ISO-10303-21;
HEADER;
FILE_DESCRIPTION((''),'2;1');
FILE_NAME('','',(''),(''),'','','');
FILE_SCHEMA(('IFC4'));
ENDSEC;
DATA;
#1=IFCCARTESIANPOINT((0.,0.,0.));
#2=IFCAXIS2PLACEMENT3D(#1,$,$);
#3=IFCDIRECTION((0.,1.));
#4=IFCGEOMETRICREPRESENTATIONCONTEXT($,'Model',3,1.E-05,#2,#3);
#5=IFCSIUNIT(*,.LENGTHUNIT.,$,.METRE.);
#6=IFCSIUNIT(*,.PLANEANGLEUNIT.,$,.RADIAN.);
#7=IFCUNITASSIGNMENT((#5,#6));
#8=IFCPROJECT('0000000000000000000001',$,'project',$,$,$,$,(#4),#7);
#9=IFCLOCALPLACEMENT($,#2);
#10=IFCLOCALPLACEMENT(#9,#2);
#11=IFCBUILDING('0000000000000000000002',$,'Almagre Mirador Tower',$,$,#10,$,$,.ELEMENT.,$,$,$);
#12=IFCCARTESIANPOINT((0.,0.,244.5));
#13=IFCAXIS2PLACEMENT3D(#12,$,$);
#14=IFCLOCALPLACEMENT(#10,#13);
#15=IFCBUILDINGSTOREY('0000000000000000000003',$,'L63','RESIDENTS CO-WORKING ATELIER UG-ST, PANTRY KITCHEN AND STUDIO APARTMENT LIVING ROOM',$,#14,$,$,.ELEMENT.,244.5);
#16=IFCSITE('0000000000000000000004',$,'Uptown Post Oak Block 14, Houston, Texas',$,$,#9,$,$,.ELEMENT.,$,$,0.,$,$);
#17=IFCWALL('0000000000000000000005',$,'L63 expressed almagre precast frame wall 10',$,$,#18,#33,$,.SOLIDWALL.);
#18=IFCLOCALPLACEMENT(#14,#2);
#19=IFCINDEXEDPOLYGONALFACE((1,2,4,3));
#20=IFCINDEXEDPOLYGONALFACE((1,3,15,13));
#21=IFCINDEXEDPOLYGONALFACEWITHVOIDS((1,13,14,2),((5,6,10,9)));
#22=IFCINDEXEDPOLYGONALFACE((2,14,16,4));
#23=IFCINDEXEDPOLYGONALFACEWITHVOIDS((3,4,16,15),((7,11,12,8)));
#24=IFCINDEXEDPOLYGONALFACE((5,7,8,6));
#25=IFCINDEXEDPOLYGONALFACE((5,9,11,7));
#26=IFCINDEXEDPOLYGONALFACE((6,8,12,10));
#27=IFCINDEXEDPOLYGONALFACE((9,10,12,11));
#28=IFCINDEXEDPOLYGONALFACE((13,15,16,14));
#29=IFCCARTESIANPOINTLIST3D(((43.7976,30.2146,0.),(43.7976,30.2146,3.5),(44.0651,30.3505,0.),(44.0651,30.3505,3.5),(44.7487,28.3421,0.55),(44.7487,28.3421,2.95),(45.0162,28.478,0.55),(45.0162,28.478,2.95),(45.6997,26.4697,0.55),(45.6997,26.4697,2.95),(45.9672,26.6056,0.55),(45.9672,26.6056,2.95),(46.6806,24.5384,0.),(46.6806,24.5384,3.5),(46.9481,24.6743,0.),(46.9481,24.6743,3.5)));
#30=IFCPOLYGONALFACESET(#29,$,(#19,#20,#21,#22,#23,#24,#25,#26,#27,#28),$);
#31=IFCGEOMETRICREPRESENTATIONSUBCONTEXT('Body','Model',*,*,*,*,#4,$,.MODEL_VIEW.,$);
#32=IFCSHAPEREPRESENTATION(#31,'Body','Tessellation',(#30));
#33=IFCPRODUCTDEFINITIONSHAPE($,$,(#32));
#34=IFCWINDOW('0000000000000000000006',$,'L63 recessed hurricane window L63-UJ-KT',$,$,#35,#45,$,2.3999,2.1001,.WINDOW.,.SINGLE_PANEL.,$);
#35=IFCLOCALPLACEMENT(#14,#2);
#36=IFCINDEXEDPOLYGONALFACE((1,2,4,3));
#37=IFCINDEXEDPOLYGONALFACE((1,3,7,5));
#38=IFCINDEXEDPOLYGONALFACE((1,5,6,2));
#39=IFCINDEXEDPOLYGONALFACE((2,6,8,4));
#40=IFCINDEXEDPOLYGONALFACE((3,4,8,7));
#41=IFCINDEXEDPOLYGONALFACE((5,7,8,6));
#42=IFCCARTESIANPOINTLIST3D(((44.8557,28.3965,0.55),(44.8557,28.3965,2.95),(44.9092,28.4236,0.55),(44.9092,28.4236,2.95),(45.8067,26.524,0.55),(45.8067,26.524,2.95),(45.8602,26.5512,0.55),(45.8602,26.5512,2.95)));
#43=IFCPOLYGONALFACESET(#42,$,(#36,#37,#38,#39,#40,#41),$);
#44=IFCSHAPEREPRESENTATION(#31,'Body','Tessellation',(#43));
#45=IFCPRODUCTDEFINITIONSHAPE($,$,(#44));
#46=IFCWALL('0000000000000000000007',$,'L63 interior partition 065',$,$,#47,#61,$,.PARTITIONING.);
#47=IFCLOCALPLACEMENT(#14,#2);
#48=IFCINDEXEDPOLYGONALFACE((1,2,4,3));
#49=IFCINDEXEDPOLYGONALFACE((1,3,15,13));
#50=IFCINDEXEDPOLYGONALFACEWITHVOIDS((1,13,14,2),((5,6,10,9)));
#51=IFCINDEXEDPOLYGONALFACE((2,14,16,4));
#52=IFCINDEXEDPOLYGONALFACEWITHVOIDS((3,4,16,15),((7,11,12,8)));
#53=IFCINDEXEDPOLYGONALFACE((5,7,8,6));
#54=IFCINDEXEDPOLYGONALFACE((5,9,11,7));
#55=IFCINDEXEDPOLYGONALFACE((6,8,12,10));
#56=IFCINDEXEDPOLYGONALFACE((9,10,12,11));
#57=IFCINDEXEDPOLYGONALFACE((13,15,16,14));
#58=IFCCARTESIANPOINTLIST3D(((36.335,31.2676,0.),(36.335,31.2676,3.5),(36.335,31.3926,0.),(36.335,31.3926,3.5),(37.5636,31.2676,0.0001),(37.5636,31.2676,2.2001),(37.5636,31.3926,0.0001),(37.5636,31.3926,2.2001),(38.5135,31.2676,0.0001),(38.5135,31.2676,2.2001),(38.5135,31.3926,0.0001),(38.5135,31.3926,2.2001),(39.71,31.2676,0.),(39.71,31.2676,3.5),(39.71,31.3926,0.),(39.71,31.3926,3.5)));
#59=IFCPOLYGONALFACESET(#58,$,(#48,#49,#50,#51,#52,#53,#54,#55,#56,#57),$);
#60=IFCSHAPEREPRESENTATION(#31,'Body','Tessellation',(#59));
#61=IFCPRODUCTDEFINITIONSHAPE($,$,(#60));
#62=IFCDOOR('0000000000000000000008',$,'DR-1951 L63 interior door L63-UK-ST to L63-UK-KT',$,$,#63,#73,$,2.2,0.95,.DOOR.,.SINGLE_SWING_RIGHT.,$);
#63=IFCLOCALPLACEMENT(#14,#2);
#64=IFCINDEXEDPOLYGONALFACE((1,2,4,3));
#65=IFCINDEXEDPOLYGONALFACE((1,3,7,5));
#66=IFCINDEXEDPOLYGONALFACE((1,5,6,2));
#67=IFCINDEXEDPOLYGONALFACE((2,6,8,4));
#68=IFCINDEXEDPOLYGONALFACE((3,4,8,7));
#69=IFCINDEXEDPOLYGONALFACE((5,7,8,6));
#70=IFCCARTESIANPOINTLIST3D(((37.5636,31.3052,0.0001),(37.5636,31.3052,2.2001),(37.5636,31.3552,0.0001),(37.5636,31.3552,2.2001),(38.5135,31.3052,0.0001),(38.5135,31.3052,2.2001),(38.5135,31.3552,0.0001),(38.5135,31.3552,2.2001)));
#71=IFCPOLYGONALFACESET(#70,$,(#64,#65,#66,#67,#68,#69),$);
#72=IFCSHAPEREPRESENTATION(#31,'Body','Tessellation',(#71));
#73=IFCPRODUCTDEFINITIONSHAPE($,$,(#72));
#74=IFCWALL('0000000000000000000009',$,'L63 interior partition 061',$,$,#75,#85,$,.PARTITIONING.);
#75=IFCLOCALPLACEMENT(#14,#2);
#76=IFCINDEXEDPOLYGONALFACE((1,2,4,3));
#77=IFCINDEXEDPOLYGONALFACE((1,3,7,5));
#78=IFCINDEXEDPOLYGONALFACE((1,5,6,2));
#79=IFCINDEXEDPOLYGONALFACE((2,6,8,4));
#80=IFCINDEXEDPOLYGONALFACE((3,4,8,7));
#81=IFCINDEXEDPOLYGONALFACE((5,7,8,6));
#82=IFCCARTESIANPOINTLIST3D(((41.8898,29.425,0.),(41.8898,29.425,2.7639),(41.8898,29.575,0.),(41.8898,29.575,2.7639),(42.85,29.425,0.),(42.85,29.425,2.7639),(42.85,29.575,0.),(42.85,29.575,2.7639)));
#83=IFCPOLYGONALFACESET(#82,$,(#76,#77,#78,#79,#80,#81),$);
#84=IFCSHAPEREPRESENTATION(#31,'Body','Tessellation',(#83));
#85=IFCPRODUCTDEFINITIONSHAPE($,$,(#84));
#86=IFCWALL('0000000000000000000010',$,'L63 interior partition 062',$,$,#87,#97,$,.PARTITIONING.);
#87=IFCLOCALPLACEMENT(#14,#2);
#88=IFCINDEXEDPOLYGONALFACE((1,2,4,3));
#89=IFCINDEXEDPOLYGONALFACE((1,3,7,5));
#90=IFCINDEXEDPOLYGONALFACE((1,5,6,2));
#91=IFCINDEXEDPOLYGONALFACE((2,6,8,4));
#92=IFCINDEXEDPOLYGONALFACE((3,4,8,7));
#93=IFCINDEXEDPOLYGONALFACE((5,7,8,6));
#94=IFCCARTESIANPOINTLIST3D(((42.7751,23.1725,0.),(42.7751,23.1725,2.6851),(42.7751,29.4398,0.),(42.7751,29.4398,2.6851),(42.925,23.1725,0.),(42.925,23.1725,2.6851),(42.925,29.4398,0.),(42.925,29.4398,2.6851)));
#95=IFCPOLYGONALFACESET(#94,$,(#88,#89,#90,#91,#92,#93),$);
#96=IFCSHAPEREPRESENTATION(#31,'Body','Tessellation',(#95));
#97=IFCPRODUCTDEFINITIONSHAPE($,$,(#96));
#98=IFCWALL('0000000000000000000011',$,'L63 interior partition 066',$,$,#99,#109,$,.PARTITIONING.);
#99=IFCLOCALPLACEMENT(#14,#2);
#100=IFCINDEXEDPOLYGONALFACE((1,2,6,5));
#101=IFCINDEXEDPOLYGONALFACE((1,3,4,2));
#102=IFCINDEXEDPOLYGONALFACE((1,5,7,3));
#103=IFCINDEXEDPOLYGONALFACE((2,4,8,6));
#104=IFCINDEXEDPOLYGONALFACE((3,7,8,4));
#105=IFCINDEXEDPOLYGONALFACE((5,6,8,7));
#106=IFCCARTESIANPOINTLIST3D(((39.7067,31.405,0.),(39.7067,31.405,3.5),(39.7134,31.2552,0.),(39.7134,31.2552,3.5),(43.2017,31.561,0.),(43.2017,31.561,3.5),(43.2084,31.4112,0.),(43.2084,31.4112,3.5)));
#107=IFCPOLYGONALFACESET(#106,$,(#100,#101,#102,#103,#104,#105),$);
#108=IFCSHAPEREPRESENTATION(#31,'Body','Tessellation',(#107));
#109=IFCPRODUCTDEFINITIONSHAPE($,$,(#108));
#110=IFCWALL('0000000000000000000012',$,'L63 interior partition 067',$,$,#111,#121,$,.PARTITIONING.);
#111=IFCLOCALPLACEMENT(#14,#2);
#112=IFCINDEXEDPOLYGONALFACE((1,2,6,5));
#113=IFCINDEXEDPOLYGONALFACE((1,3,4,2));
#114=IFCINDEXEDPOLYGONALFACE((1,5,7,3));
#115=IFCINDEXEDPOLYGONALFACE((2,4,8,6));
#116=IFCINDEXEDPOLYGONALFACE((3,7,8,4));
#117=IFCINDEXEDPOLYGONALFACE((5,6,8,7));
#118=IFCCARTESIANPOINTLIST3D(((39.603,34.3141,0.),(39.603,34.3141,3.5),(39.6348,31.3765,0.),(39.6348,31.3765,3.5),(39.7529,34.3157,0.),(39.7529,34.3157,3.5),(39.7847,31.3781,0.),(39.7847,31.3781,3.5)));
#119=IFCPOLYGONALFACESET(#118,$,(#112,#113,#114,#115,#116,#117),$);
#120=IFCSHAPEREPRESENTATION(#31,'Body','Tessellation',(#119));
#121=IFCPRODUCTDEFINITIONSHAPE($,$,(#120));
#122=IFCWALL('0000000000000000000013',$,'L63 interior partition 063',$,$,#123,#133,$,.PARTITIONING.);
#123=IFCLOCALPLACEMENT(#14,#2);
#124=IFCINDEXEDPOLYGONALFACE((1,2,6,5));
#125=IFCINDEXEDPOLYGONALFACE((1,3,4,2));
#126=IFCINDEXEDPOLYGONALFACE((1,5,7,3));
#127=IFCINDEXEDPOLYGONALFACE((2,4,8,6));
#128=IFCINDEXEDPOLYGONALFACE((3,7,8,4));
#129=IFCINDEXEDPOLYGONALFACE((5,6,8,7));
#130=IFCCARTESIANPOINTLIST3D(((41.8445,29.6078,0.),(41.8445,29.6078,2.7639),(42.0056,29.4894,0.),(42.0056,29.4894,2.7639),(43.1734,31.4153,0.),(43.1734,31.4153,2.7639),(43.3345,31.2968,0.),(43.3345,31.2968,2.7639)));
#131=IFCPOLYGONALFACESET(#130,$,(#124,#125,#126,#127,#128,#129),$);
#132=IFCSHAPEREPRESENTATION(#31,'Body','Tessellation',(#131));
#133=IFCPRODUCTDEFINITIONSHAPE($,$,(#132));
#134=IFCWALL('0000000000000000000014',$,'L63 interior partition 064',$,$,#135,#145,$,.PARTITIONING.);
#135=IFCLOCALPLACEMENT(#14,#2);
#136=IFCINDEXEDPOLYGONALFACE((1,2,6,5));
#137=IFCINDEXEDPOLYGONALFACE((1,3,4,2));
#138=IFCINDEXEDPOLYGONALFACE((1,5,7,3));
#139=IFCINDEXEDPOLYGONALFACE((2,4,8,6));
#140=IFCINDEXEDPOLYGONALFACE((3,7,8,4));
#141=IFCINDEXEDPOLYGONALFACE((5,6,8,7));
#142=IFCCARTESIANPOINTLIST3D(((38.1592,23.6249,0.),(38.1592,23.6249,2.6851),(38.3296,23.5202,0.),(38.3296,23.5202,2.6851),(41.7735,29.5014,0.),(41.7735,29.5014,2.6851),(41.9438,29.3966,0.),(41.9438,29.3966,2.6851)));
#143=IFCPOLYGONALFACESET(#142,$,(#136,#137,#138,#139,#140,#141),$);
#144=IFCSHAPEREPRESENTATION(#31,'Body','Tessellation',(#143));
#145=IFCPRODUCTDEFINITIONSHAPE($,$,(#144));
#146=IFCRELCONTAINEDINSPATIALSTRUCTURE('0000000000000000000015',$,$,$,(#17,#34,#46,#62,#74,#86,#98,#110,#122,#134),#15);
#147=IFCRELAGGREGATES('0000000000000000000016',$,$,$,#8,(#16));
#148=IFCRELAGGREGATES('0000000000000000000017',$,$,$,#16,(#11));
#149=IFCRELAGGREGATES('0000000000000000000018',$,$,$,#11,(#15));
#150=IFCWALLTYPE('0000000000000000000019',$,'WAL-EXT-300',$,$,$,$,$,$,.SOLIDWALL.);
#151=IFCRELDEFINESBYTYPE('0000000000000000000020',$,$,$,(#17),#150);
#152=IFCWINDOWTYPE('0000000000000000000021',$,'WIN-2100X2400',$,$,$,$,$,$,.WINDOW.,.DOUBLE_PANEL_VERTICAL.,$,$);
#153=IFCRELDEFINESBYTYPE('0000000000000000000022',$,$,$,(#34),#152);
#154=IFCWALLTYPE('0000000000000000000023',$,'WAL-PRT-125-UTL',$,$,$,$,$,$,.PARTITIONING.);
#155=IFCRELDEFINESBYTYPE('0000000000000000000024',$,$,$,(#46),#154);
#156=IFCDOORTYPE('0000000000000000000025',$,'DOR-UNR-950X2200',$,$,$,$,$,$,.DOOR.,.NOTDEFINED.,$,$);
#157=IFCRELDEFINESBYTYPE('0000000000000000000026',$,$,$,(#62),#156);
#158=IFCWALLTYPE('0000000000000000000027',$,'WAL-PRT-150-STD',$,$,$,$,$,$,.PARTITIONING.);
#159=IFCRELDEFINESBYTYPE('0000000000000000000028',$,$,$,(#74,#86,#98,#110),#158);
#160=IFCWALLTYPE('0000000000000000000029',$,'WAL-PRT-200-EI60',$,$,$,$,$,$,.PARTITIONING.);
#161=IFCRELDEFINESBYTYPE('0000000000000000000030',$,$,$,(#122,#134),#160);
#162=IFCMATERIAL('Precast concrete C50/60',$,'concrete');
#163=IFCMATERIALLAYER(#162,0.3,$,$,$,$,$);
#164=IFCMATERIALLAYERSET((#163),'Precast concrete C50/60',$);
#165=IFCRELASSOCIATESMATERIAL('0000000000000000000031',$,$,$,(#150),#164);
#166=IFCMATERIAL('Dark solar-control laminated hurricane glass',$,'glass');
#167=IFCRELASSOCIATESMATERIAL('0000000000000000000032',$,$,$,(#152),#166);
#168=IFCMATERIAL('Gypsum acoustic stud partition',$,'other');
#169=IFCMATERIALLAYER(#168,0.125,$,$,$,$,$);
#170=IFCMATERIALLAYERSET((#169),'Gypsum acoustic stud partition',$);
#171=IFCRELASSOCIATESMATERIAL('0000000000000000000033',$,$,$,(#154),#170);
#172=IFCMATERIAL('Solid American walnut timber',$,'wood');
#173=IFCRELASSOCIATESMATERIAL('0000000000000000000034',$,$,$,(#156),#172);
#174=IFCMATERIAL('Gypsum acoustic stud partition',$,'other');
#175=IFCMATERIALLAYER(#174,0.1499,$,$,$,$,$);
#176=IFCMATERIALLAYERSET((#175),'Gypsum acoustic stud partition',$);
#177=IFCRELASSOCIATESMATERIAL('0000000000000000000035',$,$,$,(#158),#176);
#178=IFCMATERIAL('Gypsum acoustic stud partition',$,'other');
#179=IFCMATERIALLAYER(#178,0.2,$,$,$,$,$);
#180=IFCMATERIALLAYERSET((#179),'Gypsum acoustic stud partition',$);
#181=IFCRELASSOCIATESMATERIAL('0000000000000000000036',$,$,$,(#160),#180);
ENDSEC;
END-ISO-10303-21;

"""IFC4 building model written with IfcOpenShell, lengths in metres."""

from ifc_helpers import new_model, si_unit, direction, frame, frame_2d, origin, place, context, subcontext, project, spatial, rectangle, extrude, material, layer, layer_set, type_object, element, fill, save


model = new_model("IFC4")

# Units and contexts
model_context = context("Model", 3, precision=1e-05, world=origin(), true_north=direction((0.0, 1.0)))
body_context = subcontext(model_context, "Body", "Model", "MODEL_VIEW")
ifc_project = project(units=[si_unit("LENGTHUNIT", "METRE"), si_unit("PLANEANGLEUNIT", "RADIAN")], contexts=[model_context])

# Site, building, storey
site_placement = place(None, origin())
site = spatial("IfcSite", under=ifc_project, at=site_placement, Name="Uptown Post Oak Block 14, Houston, Texas", CompositionType="ELEMENT", RefElevation=0.0)
building_placement = place(site_placement, origin())
building = spatial("IfcBuilding", under=site, at=building_placement, Name="Almagre Mirador Tower", CompositionType="ELEMENT")
storey_placement = place(building_placement, frame((0.0, 0.0, 244.5)))
storey = spatial("IfcBuildingStorey", under=building, at=storey_placement, Name="L63", Description="RESIDENTS CO-WORKING ATELIER UG-ST, PANTRY KITCHEN AND STUDIO APARTMENT LIVING ROOM", CompositionType="ELEMENT", Elevation=244.5)

# Shared definitions
ifc_material_1 = material(Name="Precast concrete C50/60", Category="concrete")
ifc_layer_1 = layer(ifc_material_1, 0.3)
ifc_layer_set_1 = layer_set([ifc_layer_1], Name="Precast concrete C50/60")
wall_type_1 = type_object("IfcWallType", Name="WAL-EXT-300", PredefinedType="SOLIDWALL", material=ifc_layer_set_1)

# Wall, opening, window
wall_1_placement = place(storey_placement, frame((43.9314, 30.2825, 0.0), z_axis=(0.0, 0.0, 1.0), x_axis=(0.452849, -0.891587, 0.0)))
wall_1 = element("IfcWall", 1, at=wall_1_placement, inside=storey, type_object=wall_type_1, Name="L63 expressed almagre precast frame wall 10", PredefinedType="SOLIDWALL", context=body_context, shape_type="SweptSolid", body=[
    extrude(rectangle(XDim=6.3665, YDim=0.3, at=frame_2d((3.1831, 0.0))), origin(), (0.0, 0.0, 1.0), 3.5),
])
opening_1_placement = place(wall_1_placement, frame((2.1001, 0.0, 0.55)))
opening_1 = element("IfcOpeningElement", 2, at=opening_1_placement, cuts=wall_1, PredefinedType="OPENING", context=body_context, shape_type="SweptSolid", body=[
    extrude(rectangle(XDim=2.1001, YDim=2.3999, at=frame_2d((1.05, 1.2))), frame((0.0, 0.1599, 0.0), z_axis=(0.0, -1.0, 0.0), x_axis=(1.0, 0.0, 0.0)), (0.0, 0.0, 1.0), 0.32),
])
ifc_material_2 = material(Name="Dark solar-control laminated hurricane glass", Category="glass")
window_type_1 = type_object("IfcWindowType", Name="WIN-2100X2400", PartitioningType="DOUBLE_PANEL_VERTICAL", PredefinedType="WINDOW", material=ifc_material_2)
window_1_placement = place(opening_1_placement, origin())
window_1 = element("IfcWindow", 3, at=window_1_placement, inside=storey, type_object=window_type_1, Name="L63 recessed hurricane window L63-UJ-KT", OverallHeight=2.3999, OverallWidth=2.1001, PartitioningType="SINGLE_PANEL", PredefinedType="WINDOW", context=body_context, shape_type="SweptSolid", body=[
    extrude(rectangle(XDim=2.1001, YDim=2.3999, at=frame_2d((1.05, 1.2))), frame((0.0, 0.03, 0.0), z_axis=(0.0, -1.0, 0.0), x_axis=(1.0, 0.0, 0.0)), (0.0, 0.0, 1.0), 0.0601),
])
fill(opening_1, window_1)

# Wall, opening, door
ifc_material_3 = material(Name="Gypsum acoustic stud partition", Category="other")
ifc_layer_2 = layer(ifc_material_3, 0.125)
ifc_layer_set_2 = layer_set([ifc_layer_2], Name="Gypsum acoustic stud partition")
wall_type_2 = type_object("IfcWallType", Name="WAL-PRT-125-UTL", PredefinedType="PARTITIONING", material=ifc_layer_set_2)
wall_2_placement = place(storey_placement, frame((39.71, 31.3301, 0.0), z_axis=(0.0, 0.0, 1.0), x_axis=(-1.0, 0.0, 0.0)))
wall_2 = element("IfcWall", 4, at=wall_2_placement, inside=storey, type_object=wall_type_2, Name="L63 interior partition 065", PredefinedType="PARTITIONING", context=body_context, shape_type="SweptSolid", body=[
    extrude(rectangle(XDim=3.375, YDim=0.125, at=frame_2d((1.6875, 0.0))), origin(), (0.0, 0.0, 1.0), 3.5),
])
opening_2_placement = place(wall_2_placement, frame((1.1963, 0.0, 0.0)))
opening_2 = element("IfcOpeningElement", 5, at=opening_2_placement, cuts=wall_2, PredefinedType="OPENING", context=body_context, shape_type="SweptSolid", body=[
    extrude(rectangle(XDim=0.95, YDim=2.2, at=frame_2d((0.4751, 1.1001))), frame((0.0, 0.0725, 0.0), z_axis=(0.0, -1.0, 0.0), x_axis=(1.0, 0.0, 0.0)), (0.0, 0.0, 1.0), 0.145),
])
ifc_material_4 = material(Name="Solid American walnut timber", Category="wood")
door_type = type_object("IfcDoorType", Name="DOR-UNR-950X2200", OperationType="NOTDEFINED", PredefinedType="DOOR", material=ifc_material_4)
door_placement = place(opening_2_placement, origin())
door = element("IfcDoor", 6, at=door_placement, inside=storey, type_object=door_type, Name="DR-1951 L63 interior door L63-UK-ST to L63-UK-KT", OperationType="SINGLE_SWING_RIGHT", OverallHeight=2.2, OverallWidth=0.95, PredefinedType="DOOR", context=body_context, shape_type="SweptSolid", body=[
    extrude(rectangle(XDim=0.95, YDim=2.2, at=frame_2d((0.4751, 1.1001))), frame((0.0, 0.0249, 0.0), z_axis=(0.0, -1.0, 0.0), x_axis=(1.0, 0.0, 0.0)), (0.0, 0.0, 1.0), 0.05),
])
fill(opening_2, door)

# Walls
ifc_material_5 = material(Name="Gypsum acoustic stud partition", Category="other")
ifc_layer_3 = layer(ifc_material_5, 0.1499)
ifc_layer_set_3 = layer_set([ifc_layer_3], Name="Gypsum acoustic stud partition")
wall_type_3 = type_object("IfcWallType", Name="WAL-PRT-150-STD", PredefinedType="PARTITIONING", material=ifc_layer_set_3)
wall_3_placement = place(storey_placement, frame((41.8899, 29.5, 0.0), z_axis=(0.0, 0.0, 1.0), x_axis=(1.0, 0.0, 0.0)))
element("IfcWall", 7, at=wall_3_placement, inside=storey, type_object=wall_type_3, Name="L63 interior partition 061", PredefinedType="PARTITIONING", context=body_context, shape_type="SweptSolid", body=[
    extrude(rectangle(XDim=0.9602, YDim=0.1499, at=frame_2d((0.48, 0.0))), origin(), (0.0, 0.0, 1.0), 2.7639),
])
wall_4_placement = place(storey_placement, frame((42.8501, 29.4399, 0.0), z_axis=(0.0, 0.0, 1.0), x_axis=(0.0, -1.0, 0.0)))
element("IfcWall", 8, at=wall_4_placement, inside=storey, type_object=wall_type_3, Name="L63 interior partition 062", PredefinedType="PARTITIONING", context=body_context, shape_type="SweptSolid", body=[
    extrude(rectangle(XDim=6.2673, YDim=0.1499, at=frame_2d((3.1338, 0.0))), origin(), (0.0, 0.0, 1.0), 2.6851),
])
wall_5_placement = place(storey_placement, frame((43.2051, 31.4861, 0.0), z_axis=(0.0, 0.0, 1.0), x_axis=(-0.999005, -0.044591, 0.0)))
element("IfcWall", 9, at=wall_5_placement, inside=storey, type_object=wall_type_3, Name="L63 interior partition 066", PredefinedType="PARTITIONING", context=body_context, shape_type="SweptSolid", body=[
    extrude(rectangle(XDim=3.4985, YDim=0.1499, at=frame_2d((1.7493, 0.0))), origin(), (0.0, 0.0, 1.0), 3.5),
])
wall_6_placement = place(storey_placement, frame((39.7097, 31.3774, 0.0), z_axis=(0.0, 0.0, 1.0), x_axis=(-0.010804, 0.999942, 0.0)))
element("IfcWall", 10, at=wall_6_placement, inside=storey, type_object=wall_type_3, Name="L63 interior partition 067", PredefinedType="PARTITIONING", context=body_context, shape_type="SweptSolid", body=[
    extrude(rectangle(XDim=2.9377, YDim=0.1499, at=frame_2d((1.4688, 0.0))), origin(), (0.0, 0.0, 1.0), 3.5),
])
ifc_material_6 = material(Name="Gypsum acoustic stud partition", Category="other")
ifc_layer_4 = layer(ifc_material_6, 0.2)
ifc_layer_set_4 = layer_set([ifc_layer_4], Name="Gypsum acoustic stud partition")
wall_type_4 = type_object("IfcWallType", Name="WAL-PRT-200-EI60", PredefinedType="PARTITIONING", material=ifc_layer_set_4)
wall_7_placement = place(storey_placement, frame((43.2539, 31.356, 0.0), z_axis=(0.0, 0.0, 1.0), x_axis=(-0.592363, -0.805671, 0.0)))
element("IfcWall", 11, at=wall_7_placement, inside=storey, type_object=wall_type_4, Name="L63 interior partition 063", PredefinedType="PARTITIONING", context=body_context, shape_type="SweptSolid", body=[
    extrude(rectangle(XDim=2.2434, YDim=0.2, at=frame_2d((1.1216, 0.0))), origin(), (0.0, 0.0, 1.0), 2.7639),
])
wall_8_placement = place(storey_placement, frame((41.8586, 29.449, 0.0), z_axis=(0.0, 0.0, 1.0), x_axis=(-0.523884, -0.85179, 0.0)))
element("IfcWall", 12, at=wall_8_placement, inside=storey, type_object=wall_type_4, Name="L63 interior partition 064", PredefinedType="PARTITIONING", context=body_context, shape_type="SweptSolid", body=[
    extrude(rectangle(XDim=6.8989, YDim=0.2, at=frame_2d((3.4495, 0.0))), origin(), (0.0, 0.0, 1.0), 2.6851),
])

save(model, "model.ifc")
